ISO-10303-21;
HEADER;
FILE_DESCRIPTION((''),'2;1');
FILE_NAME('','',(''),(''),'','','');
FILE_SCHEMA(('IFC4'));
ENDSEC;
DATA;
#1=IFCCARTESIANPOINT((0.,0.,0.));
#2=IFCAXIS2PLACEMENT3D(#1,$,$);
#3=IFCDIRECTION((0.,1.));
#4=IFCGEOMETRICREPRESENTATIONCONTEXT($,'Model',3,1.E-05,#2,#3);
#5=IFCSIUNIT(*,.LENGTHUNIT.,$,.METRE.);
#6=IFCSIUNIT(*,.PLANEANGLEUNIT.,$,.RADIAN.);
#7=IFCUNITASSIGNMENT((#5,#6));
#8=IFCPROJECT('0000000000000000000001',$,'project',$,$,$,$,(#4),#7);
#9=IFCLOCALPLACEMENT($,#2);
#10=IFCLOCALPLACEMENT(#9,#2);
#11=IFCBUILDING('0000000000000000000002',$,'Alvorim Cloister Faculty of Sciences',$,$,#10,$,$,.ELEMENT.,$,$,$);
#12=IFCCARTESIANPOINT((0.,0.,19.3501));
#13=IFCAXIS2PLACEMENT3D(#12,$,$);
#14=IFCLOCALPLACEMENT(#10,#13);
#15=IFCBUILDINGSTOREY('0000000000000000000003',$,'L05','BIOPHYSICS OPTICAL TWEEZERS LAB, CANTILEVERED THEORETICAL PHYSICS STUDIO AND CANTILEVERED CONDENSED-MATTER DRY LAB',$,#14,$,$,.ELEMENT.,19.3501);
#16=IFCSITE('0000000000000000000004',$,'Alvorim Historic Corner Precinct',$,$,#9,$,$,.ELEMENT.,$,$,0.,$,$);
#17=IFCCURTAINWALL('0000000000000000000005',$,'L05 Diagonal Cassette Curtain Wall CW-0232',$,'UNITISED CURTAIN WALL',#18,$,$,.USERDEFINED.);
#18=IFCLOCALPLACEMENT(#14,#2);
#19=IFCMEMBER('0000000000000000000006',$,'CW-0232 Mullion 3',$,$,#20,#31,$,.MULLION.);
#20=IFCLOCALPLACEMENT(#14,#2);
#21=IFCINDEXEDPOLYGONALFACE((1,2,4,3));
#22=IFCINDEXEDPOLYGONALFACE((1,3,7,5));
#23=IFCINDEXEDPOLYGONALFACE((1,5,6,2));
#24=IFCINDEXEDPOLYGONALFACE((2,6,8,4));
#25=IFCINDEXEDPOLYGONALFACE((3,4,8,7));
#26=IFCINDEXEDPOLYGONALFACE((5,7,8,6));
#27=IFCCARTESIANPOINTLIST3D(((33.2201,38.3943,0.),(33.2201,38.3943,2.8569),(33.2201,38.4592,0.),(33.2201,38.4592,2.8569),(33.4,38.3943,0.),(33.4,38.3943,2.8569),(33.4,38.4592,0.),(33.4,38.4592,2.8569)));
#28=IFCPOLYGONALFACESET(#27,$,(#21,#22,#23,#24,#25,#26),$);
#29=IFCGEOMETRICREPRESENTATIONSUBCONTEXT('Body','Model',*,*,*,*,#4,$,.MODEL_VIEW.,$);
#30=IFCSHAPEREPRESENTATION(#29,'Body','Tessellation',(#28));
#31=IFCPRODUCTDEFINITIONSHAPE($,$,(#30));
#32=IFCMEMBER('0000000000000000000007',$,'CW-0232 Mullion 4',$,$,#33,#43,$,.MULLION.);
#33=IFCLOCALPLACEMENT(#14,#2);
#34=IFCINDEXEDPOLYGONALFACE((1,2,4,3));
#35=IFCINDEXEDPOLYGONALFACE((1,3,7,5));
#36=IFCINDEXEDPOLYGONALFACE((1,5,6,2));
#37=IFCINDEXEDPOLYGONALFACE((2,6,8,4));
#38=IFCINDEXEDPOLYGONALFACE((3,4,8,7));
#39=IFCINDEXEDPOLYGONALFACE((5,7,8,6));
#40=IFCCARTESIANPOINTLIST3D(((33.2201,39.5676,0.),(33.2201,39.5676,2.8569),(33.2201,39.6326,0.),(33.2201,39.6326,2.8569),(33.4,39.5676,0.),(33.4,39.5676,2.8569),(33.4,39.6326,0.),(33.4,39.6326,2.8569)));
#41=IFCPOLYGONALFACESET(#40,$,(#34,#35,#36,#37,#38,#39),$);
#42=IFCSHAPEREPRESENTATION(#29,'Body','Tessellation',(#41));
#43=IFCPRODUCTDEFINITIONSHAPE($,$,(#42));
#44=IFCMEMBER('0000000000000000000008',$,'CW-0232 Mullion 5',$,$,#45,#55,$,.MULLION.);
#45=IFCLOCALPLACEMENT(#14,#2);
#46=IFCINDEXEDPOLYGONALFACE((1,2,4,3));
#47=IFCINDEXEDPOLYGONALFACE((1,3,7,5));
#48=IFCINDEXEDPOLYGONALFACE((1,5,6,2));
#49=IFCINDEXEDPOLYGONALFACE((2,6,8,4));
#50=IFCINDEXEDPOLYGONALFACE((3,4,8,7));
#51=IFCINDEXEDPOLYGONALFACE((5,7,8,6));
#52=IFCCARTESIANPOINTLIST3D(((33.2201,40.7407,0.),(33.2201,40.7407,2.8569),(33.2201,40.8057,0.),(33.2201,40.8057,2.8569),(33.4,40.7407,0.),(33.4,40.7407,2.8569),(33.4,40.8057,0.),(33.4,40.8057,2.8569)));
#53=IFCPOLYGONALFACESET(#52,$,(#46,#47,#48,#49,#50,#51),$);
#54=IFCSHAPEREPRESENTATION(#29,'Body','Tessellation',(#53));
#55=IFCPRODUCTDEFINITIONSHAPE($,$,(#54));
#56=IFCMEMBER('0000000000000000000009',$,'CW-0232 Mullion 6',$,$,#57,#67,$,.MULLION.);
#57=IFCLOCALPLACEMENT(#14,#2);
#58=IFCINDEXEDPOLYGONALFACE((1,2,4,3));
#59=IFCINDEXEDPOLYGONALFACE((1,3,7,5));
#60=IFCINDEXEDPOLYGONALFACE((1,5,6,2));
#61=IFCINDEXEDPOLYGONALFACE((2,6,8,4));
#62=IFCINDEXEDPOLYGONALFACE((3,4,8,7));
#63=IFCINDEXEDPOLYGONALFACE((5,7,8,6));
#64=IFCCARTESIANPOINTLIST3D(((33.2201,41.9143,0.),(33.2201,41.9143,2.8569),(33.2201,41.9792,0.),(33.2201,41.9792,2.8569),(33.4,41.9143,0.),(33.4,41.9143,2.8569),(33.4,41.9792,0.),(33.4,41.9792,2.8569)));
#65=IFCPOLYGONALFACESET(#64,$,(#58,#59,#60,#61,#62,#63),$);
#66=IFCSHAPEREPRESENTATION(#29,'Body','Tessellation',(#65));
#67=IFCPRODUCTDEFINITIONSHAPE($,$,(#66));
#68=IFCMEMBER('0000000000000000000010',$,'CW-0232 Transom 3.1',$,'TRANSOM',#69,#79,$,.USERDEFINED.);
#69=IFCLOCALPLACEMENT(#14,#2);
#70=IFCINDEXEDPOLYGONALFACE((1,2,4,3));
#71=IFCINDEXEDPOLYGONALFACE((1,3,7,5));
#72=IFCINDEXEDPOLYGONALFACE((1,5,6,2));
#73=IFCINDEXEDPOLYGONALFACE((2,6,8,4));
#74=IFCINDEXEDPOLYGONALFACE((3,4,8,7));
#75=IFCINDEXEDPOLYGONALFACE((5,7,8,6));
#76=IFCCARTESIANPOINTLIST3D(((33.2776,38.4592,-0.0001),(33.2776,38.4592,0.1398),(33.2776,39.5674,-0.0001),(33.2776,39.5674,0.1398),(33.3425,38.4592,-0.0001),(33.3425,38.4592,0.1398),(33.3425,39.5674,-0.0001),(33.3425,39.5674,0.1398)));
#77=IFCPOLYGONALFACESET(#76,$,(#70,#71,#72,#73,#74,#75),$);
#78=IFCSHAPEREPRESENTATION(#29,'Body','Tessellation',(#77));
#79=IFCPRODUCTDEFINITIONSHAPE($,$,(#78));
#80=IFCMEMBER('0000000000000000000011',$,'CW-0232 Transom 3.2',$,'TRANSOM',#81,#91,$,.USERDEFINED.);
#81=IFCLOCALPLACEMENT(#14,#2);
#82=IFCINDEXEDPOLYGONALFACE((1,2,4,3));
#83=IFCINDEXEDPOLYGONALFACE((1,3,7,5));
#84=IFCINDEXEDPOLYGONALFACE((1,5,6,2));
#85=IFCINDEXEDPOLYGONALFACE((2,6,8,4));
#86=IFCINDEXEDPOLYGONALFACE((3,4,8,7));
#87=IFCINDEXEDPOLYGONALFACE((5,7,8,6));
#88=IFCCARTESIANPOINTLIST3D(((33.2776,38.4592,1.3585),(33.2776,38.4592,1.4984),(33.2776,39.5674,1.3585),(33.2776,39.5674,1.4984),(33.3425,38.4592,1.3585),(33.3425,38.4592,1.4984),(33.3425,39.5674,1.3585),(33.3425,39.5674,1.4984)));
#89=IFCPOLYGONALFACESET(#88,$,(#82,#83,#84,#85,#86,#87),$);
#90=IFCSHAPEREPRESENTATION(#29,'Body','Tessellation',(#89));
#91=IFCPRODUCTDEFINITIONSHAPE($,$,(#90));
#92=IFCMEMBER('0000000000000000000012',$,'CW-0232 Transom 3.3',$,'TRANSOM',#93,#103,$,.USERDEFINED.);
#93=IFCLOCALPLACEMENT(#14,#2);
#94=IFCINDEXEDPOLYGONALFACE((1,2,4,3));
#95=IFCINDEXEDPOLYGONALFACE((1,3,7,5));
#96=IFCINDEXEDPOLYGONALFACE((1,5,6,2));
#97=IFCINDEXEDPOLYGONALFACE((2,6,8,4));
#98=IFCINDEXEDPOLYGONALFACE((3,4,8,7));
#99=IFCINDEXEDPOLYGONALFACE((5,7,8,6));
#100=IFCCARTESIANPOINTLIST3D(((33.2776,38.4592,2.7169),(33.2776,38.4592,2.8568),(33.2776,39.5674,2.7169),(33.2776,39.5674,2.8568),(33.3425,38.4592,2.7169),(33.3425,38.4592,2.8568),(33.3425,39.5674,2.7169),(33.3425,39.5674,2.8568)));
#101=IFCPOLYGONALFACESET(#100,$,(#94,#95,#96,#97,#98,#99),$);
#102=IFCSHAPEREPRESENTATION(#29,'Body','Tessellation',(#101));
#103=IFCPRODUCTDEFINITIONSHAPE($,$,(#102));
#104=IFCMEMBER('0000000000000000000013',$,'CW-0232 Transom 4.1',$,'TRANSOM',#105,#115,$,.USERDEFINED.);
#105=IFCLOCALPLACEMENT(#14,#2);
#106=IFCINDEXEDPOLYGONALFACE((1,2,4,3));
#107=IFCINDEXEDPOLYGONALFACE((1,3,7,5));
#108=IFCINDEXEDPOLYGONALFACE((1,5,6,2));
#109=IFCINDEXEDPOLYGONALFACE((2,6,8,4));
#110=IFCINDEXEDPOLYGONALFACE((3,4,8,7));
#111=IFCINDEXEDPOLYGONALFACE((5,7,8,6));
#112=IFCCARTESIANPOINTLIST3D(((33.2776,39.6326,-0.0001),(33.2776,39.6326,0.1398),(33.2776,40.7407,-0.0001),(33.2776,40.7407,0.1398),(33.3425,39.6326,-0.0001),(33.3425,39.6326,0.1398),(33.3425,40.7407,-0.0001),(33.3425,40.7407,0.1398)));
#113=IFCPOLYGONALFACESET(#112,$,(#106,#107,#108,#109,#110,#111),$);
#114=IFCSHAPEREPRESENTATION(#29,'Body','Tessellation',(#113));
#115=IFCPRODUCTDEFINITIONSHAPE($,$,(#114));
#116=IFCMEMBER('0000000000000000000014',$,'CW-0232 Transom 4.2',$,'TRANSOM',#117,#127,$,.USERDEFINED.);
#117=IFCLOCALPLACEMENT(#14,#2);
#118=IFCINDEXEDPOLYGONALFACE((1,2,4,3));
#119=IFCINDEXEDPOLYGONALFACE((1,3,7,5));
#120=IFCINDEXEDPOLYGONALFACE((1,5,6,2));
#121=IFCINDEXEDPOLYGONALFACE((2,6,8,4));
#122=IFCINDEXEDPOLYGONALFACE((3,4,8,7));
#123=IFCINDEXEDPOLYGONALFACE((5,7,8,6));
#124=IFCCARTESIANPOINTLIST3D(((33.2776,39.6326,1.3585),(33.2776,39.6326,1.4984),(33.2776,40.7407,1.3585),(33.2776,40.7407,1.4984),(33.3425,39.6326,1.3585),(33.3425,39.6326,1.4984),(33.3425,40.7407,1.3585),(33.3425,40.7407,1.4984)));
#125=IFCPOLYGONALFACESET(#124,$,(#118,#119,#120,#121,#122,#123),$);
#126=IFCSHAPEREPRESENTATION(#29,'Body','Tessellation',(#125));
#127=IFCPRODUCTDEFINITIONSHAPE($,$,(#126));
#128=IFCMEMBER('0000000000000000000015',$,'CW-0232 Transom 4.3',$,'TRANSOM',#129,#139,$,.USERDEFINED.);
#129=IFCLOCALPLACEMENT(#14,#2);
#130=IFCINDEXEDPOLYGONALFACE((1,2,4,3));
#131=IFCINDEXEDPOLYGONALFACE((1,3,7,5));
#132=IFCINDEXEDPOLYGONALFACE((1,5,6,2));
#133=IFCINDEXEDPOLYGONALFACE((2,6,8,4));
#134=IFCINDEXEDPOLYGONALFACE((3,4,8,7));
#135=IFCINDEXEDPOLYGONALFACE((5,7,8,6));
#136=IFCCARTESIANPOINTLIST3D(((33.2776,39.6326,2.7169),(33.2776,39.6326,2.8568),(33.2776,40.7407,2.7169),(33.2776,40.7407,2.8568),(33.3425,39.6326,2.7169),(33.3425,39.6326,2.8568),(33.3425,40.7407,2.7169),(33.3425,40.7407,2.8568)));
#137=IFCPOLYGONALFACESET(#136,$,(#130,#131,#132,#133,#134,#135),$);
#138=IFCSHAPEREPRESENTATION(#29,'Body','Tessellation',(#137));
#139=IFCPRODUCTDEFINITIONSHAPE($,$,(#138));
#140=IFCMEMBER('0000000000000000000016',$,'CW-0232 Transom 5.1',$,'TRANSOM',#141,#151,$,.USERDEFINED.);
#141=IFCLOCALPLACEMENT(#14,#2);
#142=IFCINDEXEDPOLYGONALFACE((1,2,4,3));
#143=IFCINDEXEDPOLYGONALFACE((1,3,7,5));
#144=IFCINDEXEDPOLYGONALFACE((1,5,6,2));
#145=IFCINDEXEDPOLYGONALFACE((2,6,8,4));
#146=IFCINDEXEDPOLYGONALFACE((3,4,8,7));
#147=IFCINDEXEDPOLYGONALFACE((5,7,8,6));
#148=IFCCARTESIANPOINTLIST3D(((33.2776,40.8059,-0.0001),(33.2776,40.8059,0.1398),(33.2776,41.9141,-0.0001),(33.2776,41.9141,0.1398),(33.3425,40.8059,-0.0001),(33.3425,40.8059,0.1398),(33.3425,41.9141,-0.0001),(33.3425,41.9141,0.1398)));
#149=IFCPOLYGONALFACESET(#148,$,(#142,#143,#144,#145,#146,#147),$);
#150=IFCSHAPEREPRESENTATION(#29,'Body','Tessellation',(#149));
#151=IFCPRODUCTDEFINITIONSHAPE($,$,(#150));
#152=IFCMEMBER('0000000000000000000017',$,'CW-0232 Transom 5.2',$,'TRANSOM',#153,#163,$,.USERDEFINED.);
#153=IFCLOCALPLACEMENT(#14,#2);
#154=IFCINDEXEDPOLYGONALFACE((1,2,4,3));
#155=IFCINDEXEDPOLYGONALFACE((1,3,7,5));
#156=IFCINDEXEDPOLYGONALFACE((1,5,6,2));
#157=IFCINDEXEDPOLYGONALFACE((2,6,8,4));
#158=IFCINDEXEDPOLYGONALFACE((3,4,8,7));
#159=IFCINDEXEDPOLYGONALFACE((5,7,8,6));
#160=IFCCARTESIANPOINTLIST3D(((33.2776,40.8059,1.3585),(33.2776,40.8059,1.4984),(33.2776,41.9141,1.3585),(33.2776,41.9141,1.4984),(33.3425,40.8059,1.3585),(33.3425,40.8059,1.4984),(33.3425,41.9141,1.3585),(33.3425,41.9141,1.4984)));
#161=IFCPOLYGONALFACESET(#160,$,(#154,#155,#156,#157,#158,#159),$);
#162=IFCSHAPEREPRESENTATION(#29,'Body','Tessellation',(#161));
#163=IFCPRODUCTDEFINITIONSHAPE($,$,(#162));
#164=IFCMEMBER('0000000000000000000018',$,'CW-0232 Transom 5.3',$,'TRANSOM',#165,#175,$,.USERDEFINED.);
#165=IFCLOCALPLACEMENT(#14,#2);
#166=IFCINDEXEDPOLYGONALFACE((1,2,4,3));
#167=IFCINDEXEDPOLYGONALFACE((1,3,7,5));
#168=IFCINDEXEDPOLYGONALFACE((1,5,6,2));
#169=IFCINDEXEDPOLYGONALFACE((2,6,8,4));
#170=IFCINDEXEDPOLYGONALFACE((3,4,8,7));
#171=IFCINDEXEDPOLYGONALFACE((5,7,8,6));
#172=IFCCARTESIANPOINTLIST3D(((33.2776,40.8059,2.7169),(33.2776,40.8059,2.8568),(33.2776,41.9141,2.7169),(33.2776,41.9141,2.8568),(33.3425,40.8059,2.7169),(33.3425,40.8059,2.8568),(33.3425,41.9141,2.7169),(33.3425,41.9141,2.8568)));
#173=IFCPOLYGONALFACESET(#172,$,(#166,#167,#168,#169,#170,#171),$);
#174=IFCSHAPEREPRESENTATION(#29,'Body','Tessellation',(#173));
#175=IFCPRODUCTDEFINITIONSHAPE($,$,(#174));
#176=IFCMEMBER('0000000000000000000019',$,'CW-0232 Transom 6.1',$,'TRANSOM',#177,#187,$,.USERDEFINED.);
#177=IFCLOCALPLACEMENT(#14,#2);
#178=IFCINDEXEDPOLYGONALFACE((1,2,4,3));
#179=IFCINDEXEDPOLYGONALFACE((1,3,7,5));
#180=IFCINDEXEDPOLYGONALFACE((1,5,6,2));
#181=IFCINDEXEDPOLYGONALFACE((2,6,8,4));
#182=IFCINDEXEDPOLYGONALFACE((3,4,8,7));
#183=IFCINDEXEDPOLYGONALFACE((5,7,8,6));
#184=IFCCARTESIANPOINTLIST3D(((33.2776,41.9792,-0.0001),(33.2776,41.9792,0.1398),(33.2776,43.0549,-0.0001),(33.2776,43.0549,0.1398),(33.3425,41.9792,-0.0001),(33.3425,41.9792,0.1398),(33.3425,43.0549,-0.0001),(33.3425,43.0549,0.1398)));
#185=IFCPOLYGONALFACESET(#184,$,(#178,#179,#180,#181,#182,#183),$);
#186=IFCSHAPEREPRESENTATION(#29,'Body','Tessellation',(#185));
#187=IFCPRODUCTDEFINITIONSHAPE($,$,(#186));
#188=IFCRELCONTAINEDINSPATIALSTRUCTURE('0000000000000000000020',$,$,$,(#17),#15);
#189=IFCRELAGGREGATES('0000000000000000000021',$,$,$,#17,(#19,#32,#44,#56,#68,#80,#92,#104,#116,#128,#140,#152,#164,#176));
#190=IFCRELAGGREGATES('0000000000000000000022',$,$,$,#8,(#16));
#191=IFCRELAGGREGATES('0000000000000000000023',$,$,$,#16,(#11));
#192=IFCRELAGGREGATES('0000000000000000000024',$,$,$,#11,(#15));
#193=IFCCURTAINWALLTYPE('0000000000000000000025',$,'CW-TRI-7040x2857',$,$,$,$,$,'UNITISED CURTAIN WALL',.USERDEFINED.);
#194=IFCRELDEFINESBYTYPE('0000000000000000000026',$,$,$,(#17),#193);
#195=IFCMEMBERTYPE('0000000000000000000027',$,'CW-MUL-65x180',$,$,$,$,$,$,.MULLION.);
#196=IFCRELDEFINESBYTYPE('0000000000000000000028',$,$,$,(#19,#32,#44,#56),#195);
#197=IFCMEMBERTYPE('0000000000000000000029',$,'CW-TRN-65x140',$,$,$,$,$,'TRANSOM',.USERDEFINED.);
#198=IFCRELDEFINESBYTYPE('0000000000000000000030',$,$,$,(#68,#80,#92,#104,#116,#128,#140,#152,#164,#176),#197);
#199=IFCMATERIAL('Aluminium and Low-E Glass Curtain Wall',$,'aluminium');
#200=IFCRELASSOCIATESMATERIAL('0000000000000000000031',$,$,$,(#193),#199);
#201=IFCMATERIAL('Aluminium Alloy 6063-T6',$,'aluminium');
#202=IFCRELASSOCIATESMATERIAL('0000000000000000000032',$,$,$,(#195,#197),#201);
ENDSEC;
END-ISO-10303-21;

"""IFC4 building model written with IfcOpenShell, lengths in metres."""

from ifc_helpers import new_model, si_unit, direction, frame, origin, origin_2d, place, context, subcontext, project, spatial, rectangle, extrude, material, material_profile, profile_set, type_object, element, aggregate, save


model = new_model("IFC4")

# Units and contexts
model_context = context("Model", 3, precision=1e-05, world=origin(), true_north=direction((0.0, 1.0)))
body_context = subcontext(model_context, "Body", "Model", "MODEL_VIEW")
ifc_project = project(units=[si_unit("LENGTHUNIT", "METRE"), si_unit("PLANEANGLEUNIT", "RADIAN")], contexts=[model_context])

# Site, building, storey
site_placement = place(None, origin())
site = spatial("IfcSite", under=ifc_project, at=site_placement, Name="Alvorim Historic Corner Precinct", CompositionType="ELEMENT", RefElevation=0.0)
building_placement = place(site_placement, origin())
building = spatial("IfcBuilding", under=site, at=building_placement, Name="Alvorim Cloister Faculty of Sciences", CompositionType="ELEMENT")
storey_placement = place(building_placement, frame((0.0, 0.0, 19.3501)))
storey = spatial("IfcBuildingStorey", under=building, at=storey_placement, Name="L05", Description="BIOPHYSICS OPTICAL TWEEZERS LAB, CANTILEVERED THEORETICAL PHYSICS STUDIO AND CANTILEVERED CONDENSED-MATTER DRY LAB", CompositionType="ELEMENT", Elevation=19.3501)

# Curtain wall, members
ifc_material_1 = material(Name="Aluminium and Low-E Glass Curtain Wall", Category="aluminium")
curtain_wall_type = type_object("IfcCurtainWallType", Name="CW-TRI-7040x2857", ElementType="UNITISED CURTAIN WALL", PredefinedType="USERDEFINED", material=ifc_material_1)
curtain_wall_placement = place(storey_placement, origin())
curtain_wall = element("IfcCurtainWall", 1, at=curtain_wall_placement, inside=storey, type_object=curtain_wall_type, Name="L05 Diagonal Cassette Curtain Wall CW-0232", ObjectType="UNITISED CURTAIN WALL", PredefinedType="USERDEFINED")
ifc_material_2 = material(Name="Aluminium Alloy 6063-T6", Category="aluminium")
ifc_material_profile_1 = material_profile(ifc_material_2, rectangle(XDim=0.0649, YDim=0.1799, at=origin_2d()), Name="ALU-MUL-65x180")
ifc_profile_set_1 = profile_set([ifc_material_profile_1], Name="Aluminium Alloy 6063-T6")
member_type_1 = type_object("IfcMemberType", Name="CW-MUL-65x180", PredefinedType="MULLION", material=ifc_profile_set_1)
member_1_placement = place(storey_placement, frame((33.3101, 38.4268, 0.0), z_axis=(0.0, 0.0, 1.0), x_axis=(0.0, 1.0, 0.0)))
member_1 = element("IfcMember", 2, at=member_1_placement, type_object=member_type_1, Name="CW-0232 Mullion 3", PredefinedType="MULLION", context=body_context, shape_type="SweptSolid", body=[
    extrude(rectangle(XDim=0.0649, YDim=0.1799, at=origin_2d()), origin(), (0.0, 0.0, 1.0), 2.8569),
])
member_2_placement = place(storey_placement, frame((33.3101, 39.6001, 0.0), z_axis=(0.0, 0.0, 1.0), x_axis=(0.0, 1.0, 0.0)))
member_2 = element("IfcMember", 3, at=member_2_placement, type_object=member_type_1, Name="CW-0232 Mullion 4", PredefinedType="MULLION", context=body_context, shape_type="SweptSolid", body=[
    extrude(rectangle(XDim=0.0649, YDim=0.1799, at=origin_2d()), origin(), (0.0, 0.0, 1.0), 2.8569),
])
member_3_placement = place(storey_placement, frame((33.3101, 40.7732, 0.0), z_axis=(0.0, 0.0, 1.0), x_axis=(0.0, 1.0, 0.0)))
member_3 = element("IfcMember", 4, at=member_3_placement, type_object=member_type_1, Name="CW-0232 Mullion 5", PredefinedType="MULLION", context=body_context, shape_type="SweptSolid", body=[
    extrude(rectangle(XDim=0.0649, YDim=0.1799, at=origin_2d()), origin(), (0.0, 0.0, 1.0), 2.8569),
])
member_4_placement = place(storey_placement, frame((33.3101, 41.9468, 0.0), z_axis=(0.0, 0.0, 1.0), x_axis=(0.0, 1.0, 0.0)))
member_4 = element("IfcMember", 5, at=member_4_placement, type_object=member_type_1, Name="CW-0232 Mullion 6", PredefinedType="MULLION", context=body_context, shape_type="SweptSolid", body=[
    extrude(rectangle(XDim=0.0649, YDim=0.1799, at=origin_2d()), origin(), (0.0, 0.0, 1.0), 2.8569),
])
ifc_material_profile_2 = material_profile(ifc_material_2, rectangle(XDim=0.0649, YDim=0.1399, at=origin_2d()), Name="ALU-TRN-65x140")
ifc_profile_set_2 = profile_set([ifc_material_profile_2], Name="Aluminium Alloy 6063-T6")
member_type_2 = type_object("IfcMemberType", Name="CW-TRN-65x140", ElementType="TRANSOM", PredefinedType="USERDEFINED", material=ifc_profile_set_2)
member_5_placement = place(storey_placement, frame((33.3101, 38.4592, 0.0698), z_axis=(0.0, 1.0, 0.0), x_axis=(-1.0, 0.0, 0.0)))
member_5 = element("IfcMember", 6, at=member_5_placement, type_object=member_type_2, Name="CW-0232 Transom 3.1", ObjectType="TRANSOM", PredefinedType="USERDEFINED", context=body_context, shape_type="SweptSolid", body=[
    extrude(rectangle(XDim=0.0649, YDim=0.1399, at=origin_2d()), origin(), (0.0, 0.0, 1.0), 1.1082),
])
member_6_placement = place(storey_placement, frame((33.3101, 38.4592, 1.4285), z_axis=(0.0, 1.0, 0.0), x_axis=(-1.0, 0.0, 0.0)))
member_6 = element("IfcMember", 7, at=member_6_placement, type_object=member_type_2, Name="CW-0232 Transom 3.2", ObjectType="TRANSOM", PredefinedType="USERDEFINED", context=body_context, shape_type="SweptSolid", body=[
    extrude(rectangle(XDim=0.0649, YDim=0.1399, at=origin_2d()), origin(), (0.0, 0.0, 1.0), 1.1082),
])
member_7_placement = place(storey_placement, frame((33.3101, 38.4592, 2.7869), z_axis=(0.0, 1.0, 0.0), x_axis=(-1.0, 0.0, 0.0)))
member_7 = element("IfcMember", 8, at=member_7_placement, type_object=member_type_2, Name="CW-0232 Transom 3.3", ObjectType="TRANSOM", PredefinedType="USERDEFINED", context=body_context, shape_type="SweptSolid", body=[
    extrude(rectangle(XDim=0.0649, YDim=0.1399, at=origin_2d()), origin(), (0.0, 0.0, 1.0), 1.1082),
])
member_8_placement = place(storey_placement, frame((33.3101, 39.6326, 0.0698), z_axis=(0.0, 1.0, 0.0), x_axis=(-1.0, 0.0, 0.0)))
member_8 = element("IfcMember", 9, at=member_8_placement, type_object=member_type_2, Name="CW-0232 Transom 4.1", ObjectType="TRANSOM", PredefinedType="USERDEFINED", context=body_context, shape_type="SweptSolid", body=[
    extrude(rectangle(XDim=0.0649, YDim=0.1399, at=origin_2d()), origin(), (0.0, 0.0, 1.0), 1.1082),
])
member_9_placement = place(storey_placement, frame((33.3101, 39.6326, 1.4285), z_axis=(0.0, 1.0, 0.0), x_axis=(-1.0, 0.0, 0.0)))
member_9 = element("IfcMember", 10, at=member_9_placement, type_object=member_type_2, Name="CW-0232 Transom 4.2", ObjectType="TRANSOM", PredefinedType="USERDEFINED", context=body_context, shape_type="SweptSolid", body=[
    extrude(rectangle(XDim=0.0649, YDim=0.1399, at=origin_2d()), origin(), (0.0, 0.0, 1.0), 1.1082),
])
member_10_placement = place(storey_placement, frame((33.3101, 39.6326, 2.7869), z_axis=(0.0, 1.0, 0.0), x_axis=(-1.0, 0.0, 0.0)))
member_10 = element("IfcMember", 11, at=member_10_placement, type_object=member_type_2, Name="CW-0232 Transom 4.3", ObjectType="TRANSOM", PredefinedType="USERDEFINED", context=body_context, shape_type="SweptSolid", body=[
    extrude(rectangle(XDim=0.0649, YDim=0.1399, at=origin_2d()), origin(), (0.0, 0.0, 1.0), 1.1082),
])
member_11_placement = place(storey_placement, frame((33.3101, 40.8059, 0.0698), z_axis=(0.0, 1.0, 0.0), x_axis=(-1.0, 0.0, 0.0)))
member_11 = element("IfcMember", 12, at=member_11_placement, type_object=member_type_2, Name="CW-0232 Transom 5.1", ObjectType="TRANSOM", PredefinedType="USERDEFINED", context=body_context, shape_type="SweptSolid", body=[
    extrude(rectangle(XDim=0.0649, YDim=0.1399, at=origin_2d()), origin(), (0.0, 0.0, 1.0), 1.1082),
])
member_12_placement = place(storey_placement, frame((33.3101, 40.8059, 1.4285), z_axis=(0.0, 1.0, 0.0), x_axis=(-1.0, 0.0, 0.0)))
member_12 = element("IfcMember", 13, at=member_12_placement, type_object=member_type_2, Name="CW-0232 Transom 5.2", ObjectType="TRANSOM", PredefinedType="USERDEFINED", context=body_context, shape_type="SweptSolid", body=[
    extrude(rectangle(XDim=0.0649, YDim=0.1399, at=origin_2d()), origin(), (0.0, 0.0, 1.0), 1.1082),
])
member_13_placement = place(storey_placement, frame((33.3101, 40.8059, 2.7869), z_axis=(0.0, 1.0, 0.0), x_axis=(-1.0, 0.0, 0.0)))
member_13 = element("IfcMember", 14, at=member_13_placement, type_object=member_type_2, Name="CW-0232 Transom 5.3", ObjectType="TRANSOM", PredefinedType="USERDEFINED", context=body_context, shape_type="SweptSolid", body=[
    extrude(rectangle(XDim=0.0649, YDim=0.1399, at=origin_2d()), origin(), (0.0, 0.0, 1.0), 1.1082),
])
member_14_placement = place(storey_placement, frame((33.3101, 41.9792, 0.0698), z_axis=(0.0, 1.0, 0.0), x_axis=(-1.0, 0.0, 0.0)))
member_14 = element("IfcMember", 15, at=member_14_placement, type_object=member_type_2, Name="CW-0232 Transom 6.1", ObjectType="TRANSOM", PredefinedType="USERDEFINED", context=body_context, shape_type="SweptSolid", body=[
    extrude(rectangle(XDim=0.0649, YDim=0.1399, at=origin_2d()), origin(), (0.0, 0.0, 1.0), 1.0757),
])
aggregate(curtain_wall, [member_1, member_2, member_3, member_4, member_5, member_6, member_7, member_8, member_9, member_10, member_11, member_12, member_13, member_14])

save(model, "model.ifc")
